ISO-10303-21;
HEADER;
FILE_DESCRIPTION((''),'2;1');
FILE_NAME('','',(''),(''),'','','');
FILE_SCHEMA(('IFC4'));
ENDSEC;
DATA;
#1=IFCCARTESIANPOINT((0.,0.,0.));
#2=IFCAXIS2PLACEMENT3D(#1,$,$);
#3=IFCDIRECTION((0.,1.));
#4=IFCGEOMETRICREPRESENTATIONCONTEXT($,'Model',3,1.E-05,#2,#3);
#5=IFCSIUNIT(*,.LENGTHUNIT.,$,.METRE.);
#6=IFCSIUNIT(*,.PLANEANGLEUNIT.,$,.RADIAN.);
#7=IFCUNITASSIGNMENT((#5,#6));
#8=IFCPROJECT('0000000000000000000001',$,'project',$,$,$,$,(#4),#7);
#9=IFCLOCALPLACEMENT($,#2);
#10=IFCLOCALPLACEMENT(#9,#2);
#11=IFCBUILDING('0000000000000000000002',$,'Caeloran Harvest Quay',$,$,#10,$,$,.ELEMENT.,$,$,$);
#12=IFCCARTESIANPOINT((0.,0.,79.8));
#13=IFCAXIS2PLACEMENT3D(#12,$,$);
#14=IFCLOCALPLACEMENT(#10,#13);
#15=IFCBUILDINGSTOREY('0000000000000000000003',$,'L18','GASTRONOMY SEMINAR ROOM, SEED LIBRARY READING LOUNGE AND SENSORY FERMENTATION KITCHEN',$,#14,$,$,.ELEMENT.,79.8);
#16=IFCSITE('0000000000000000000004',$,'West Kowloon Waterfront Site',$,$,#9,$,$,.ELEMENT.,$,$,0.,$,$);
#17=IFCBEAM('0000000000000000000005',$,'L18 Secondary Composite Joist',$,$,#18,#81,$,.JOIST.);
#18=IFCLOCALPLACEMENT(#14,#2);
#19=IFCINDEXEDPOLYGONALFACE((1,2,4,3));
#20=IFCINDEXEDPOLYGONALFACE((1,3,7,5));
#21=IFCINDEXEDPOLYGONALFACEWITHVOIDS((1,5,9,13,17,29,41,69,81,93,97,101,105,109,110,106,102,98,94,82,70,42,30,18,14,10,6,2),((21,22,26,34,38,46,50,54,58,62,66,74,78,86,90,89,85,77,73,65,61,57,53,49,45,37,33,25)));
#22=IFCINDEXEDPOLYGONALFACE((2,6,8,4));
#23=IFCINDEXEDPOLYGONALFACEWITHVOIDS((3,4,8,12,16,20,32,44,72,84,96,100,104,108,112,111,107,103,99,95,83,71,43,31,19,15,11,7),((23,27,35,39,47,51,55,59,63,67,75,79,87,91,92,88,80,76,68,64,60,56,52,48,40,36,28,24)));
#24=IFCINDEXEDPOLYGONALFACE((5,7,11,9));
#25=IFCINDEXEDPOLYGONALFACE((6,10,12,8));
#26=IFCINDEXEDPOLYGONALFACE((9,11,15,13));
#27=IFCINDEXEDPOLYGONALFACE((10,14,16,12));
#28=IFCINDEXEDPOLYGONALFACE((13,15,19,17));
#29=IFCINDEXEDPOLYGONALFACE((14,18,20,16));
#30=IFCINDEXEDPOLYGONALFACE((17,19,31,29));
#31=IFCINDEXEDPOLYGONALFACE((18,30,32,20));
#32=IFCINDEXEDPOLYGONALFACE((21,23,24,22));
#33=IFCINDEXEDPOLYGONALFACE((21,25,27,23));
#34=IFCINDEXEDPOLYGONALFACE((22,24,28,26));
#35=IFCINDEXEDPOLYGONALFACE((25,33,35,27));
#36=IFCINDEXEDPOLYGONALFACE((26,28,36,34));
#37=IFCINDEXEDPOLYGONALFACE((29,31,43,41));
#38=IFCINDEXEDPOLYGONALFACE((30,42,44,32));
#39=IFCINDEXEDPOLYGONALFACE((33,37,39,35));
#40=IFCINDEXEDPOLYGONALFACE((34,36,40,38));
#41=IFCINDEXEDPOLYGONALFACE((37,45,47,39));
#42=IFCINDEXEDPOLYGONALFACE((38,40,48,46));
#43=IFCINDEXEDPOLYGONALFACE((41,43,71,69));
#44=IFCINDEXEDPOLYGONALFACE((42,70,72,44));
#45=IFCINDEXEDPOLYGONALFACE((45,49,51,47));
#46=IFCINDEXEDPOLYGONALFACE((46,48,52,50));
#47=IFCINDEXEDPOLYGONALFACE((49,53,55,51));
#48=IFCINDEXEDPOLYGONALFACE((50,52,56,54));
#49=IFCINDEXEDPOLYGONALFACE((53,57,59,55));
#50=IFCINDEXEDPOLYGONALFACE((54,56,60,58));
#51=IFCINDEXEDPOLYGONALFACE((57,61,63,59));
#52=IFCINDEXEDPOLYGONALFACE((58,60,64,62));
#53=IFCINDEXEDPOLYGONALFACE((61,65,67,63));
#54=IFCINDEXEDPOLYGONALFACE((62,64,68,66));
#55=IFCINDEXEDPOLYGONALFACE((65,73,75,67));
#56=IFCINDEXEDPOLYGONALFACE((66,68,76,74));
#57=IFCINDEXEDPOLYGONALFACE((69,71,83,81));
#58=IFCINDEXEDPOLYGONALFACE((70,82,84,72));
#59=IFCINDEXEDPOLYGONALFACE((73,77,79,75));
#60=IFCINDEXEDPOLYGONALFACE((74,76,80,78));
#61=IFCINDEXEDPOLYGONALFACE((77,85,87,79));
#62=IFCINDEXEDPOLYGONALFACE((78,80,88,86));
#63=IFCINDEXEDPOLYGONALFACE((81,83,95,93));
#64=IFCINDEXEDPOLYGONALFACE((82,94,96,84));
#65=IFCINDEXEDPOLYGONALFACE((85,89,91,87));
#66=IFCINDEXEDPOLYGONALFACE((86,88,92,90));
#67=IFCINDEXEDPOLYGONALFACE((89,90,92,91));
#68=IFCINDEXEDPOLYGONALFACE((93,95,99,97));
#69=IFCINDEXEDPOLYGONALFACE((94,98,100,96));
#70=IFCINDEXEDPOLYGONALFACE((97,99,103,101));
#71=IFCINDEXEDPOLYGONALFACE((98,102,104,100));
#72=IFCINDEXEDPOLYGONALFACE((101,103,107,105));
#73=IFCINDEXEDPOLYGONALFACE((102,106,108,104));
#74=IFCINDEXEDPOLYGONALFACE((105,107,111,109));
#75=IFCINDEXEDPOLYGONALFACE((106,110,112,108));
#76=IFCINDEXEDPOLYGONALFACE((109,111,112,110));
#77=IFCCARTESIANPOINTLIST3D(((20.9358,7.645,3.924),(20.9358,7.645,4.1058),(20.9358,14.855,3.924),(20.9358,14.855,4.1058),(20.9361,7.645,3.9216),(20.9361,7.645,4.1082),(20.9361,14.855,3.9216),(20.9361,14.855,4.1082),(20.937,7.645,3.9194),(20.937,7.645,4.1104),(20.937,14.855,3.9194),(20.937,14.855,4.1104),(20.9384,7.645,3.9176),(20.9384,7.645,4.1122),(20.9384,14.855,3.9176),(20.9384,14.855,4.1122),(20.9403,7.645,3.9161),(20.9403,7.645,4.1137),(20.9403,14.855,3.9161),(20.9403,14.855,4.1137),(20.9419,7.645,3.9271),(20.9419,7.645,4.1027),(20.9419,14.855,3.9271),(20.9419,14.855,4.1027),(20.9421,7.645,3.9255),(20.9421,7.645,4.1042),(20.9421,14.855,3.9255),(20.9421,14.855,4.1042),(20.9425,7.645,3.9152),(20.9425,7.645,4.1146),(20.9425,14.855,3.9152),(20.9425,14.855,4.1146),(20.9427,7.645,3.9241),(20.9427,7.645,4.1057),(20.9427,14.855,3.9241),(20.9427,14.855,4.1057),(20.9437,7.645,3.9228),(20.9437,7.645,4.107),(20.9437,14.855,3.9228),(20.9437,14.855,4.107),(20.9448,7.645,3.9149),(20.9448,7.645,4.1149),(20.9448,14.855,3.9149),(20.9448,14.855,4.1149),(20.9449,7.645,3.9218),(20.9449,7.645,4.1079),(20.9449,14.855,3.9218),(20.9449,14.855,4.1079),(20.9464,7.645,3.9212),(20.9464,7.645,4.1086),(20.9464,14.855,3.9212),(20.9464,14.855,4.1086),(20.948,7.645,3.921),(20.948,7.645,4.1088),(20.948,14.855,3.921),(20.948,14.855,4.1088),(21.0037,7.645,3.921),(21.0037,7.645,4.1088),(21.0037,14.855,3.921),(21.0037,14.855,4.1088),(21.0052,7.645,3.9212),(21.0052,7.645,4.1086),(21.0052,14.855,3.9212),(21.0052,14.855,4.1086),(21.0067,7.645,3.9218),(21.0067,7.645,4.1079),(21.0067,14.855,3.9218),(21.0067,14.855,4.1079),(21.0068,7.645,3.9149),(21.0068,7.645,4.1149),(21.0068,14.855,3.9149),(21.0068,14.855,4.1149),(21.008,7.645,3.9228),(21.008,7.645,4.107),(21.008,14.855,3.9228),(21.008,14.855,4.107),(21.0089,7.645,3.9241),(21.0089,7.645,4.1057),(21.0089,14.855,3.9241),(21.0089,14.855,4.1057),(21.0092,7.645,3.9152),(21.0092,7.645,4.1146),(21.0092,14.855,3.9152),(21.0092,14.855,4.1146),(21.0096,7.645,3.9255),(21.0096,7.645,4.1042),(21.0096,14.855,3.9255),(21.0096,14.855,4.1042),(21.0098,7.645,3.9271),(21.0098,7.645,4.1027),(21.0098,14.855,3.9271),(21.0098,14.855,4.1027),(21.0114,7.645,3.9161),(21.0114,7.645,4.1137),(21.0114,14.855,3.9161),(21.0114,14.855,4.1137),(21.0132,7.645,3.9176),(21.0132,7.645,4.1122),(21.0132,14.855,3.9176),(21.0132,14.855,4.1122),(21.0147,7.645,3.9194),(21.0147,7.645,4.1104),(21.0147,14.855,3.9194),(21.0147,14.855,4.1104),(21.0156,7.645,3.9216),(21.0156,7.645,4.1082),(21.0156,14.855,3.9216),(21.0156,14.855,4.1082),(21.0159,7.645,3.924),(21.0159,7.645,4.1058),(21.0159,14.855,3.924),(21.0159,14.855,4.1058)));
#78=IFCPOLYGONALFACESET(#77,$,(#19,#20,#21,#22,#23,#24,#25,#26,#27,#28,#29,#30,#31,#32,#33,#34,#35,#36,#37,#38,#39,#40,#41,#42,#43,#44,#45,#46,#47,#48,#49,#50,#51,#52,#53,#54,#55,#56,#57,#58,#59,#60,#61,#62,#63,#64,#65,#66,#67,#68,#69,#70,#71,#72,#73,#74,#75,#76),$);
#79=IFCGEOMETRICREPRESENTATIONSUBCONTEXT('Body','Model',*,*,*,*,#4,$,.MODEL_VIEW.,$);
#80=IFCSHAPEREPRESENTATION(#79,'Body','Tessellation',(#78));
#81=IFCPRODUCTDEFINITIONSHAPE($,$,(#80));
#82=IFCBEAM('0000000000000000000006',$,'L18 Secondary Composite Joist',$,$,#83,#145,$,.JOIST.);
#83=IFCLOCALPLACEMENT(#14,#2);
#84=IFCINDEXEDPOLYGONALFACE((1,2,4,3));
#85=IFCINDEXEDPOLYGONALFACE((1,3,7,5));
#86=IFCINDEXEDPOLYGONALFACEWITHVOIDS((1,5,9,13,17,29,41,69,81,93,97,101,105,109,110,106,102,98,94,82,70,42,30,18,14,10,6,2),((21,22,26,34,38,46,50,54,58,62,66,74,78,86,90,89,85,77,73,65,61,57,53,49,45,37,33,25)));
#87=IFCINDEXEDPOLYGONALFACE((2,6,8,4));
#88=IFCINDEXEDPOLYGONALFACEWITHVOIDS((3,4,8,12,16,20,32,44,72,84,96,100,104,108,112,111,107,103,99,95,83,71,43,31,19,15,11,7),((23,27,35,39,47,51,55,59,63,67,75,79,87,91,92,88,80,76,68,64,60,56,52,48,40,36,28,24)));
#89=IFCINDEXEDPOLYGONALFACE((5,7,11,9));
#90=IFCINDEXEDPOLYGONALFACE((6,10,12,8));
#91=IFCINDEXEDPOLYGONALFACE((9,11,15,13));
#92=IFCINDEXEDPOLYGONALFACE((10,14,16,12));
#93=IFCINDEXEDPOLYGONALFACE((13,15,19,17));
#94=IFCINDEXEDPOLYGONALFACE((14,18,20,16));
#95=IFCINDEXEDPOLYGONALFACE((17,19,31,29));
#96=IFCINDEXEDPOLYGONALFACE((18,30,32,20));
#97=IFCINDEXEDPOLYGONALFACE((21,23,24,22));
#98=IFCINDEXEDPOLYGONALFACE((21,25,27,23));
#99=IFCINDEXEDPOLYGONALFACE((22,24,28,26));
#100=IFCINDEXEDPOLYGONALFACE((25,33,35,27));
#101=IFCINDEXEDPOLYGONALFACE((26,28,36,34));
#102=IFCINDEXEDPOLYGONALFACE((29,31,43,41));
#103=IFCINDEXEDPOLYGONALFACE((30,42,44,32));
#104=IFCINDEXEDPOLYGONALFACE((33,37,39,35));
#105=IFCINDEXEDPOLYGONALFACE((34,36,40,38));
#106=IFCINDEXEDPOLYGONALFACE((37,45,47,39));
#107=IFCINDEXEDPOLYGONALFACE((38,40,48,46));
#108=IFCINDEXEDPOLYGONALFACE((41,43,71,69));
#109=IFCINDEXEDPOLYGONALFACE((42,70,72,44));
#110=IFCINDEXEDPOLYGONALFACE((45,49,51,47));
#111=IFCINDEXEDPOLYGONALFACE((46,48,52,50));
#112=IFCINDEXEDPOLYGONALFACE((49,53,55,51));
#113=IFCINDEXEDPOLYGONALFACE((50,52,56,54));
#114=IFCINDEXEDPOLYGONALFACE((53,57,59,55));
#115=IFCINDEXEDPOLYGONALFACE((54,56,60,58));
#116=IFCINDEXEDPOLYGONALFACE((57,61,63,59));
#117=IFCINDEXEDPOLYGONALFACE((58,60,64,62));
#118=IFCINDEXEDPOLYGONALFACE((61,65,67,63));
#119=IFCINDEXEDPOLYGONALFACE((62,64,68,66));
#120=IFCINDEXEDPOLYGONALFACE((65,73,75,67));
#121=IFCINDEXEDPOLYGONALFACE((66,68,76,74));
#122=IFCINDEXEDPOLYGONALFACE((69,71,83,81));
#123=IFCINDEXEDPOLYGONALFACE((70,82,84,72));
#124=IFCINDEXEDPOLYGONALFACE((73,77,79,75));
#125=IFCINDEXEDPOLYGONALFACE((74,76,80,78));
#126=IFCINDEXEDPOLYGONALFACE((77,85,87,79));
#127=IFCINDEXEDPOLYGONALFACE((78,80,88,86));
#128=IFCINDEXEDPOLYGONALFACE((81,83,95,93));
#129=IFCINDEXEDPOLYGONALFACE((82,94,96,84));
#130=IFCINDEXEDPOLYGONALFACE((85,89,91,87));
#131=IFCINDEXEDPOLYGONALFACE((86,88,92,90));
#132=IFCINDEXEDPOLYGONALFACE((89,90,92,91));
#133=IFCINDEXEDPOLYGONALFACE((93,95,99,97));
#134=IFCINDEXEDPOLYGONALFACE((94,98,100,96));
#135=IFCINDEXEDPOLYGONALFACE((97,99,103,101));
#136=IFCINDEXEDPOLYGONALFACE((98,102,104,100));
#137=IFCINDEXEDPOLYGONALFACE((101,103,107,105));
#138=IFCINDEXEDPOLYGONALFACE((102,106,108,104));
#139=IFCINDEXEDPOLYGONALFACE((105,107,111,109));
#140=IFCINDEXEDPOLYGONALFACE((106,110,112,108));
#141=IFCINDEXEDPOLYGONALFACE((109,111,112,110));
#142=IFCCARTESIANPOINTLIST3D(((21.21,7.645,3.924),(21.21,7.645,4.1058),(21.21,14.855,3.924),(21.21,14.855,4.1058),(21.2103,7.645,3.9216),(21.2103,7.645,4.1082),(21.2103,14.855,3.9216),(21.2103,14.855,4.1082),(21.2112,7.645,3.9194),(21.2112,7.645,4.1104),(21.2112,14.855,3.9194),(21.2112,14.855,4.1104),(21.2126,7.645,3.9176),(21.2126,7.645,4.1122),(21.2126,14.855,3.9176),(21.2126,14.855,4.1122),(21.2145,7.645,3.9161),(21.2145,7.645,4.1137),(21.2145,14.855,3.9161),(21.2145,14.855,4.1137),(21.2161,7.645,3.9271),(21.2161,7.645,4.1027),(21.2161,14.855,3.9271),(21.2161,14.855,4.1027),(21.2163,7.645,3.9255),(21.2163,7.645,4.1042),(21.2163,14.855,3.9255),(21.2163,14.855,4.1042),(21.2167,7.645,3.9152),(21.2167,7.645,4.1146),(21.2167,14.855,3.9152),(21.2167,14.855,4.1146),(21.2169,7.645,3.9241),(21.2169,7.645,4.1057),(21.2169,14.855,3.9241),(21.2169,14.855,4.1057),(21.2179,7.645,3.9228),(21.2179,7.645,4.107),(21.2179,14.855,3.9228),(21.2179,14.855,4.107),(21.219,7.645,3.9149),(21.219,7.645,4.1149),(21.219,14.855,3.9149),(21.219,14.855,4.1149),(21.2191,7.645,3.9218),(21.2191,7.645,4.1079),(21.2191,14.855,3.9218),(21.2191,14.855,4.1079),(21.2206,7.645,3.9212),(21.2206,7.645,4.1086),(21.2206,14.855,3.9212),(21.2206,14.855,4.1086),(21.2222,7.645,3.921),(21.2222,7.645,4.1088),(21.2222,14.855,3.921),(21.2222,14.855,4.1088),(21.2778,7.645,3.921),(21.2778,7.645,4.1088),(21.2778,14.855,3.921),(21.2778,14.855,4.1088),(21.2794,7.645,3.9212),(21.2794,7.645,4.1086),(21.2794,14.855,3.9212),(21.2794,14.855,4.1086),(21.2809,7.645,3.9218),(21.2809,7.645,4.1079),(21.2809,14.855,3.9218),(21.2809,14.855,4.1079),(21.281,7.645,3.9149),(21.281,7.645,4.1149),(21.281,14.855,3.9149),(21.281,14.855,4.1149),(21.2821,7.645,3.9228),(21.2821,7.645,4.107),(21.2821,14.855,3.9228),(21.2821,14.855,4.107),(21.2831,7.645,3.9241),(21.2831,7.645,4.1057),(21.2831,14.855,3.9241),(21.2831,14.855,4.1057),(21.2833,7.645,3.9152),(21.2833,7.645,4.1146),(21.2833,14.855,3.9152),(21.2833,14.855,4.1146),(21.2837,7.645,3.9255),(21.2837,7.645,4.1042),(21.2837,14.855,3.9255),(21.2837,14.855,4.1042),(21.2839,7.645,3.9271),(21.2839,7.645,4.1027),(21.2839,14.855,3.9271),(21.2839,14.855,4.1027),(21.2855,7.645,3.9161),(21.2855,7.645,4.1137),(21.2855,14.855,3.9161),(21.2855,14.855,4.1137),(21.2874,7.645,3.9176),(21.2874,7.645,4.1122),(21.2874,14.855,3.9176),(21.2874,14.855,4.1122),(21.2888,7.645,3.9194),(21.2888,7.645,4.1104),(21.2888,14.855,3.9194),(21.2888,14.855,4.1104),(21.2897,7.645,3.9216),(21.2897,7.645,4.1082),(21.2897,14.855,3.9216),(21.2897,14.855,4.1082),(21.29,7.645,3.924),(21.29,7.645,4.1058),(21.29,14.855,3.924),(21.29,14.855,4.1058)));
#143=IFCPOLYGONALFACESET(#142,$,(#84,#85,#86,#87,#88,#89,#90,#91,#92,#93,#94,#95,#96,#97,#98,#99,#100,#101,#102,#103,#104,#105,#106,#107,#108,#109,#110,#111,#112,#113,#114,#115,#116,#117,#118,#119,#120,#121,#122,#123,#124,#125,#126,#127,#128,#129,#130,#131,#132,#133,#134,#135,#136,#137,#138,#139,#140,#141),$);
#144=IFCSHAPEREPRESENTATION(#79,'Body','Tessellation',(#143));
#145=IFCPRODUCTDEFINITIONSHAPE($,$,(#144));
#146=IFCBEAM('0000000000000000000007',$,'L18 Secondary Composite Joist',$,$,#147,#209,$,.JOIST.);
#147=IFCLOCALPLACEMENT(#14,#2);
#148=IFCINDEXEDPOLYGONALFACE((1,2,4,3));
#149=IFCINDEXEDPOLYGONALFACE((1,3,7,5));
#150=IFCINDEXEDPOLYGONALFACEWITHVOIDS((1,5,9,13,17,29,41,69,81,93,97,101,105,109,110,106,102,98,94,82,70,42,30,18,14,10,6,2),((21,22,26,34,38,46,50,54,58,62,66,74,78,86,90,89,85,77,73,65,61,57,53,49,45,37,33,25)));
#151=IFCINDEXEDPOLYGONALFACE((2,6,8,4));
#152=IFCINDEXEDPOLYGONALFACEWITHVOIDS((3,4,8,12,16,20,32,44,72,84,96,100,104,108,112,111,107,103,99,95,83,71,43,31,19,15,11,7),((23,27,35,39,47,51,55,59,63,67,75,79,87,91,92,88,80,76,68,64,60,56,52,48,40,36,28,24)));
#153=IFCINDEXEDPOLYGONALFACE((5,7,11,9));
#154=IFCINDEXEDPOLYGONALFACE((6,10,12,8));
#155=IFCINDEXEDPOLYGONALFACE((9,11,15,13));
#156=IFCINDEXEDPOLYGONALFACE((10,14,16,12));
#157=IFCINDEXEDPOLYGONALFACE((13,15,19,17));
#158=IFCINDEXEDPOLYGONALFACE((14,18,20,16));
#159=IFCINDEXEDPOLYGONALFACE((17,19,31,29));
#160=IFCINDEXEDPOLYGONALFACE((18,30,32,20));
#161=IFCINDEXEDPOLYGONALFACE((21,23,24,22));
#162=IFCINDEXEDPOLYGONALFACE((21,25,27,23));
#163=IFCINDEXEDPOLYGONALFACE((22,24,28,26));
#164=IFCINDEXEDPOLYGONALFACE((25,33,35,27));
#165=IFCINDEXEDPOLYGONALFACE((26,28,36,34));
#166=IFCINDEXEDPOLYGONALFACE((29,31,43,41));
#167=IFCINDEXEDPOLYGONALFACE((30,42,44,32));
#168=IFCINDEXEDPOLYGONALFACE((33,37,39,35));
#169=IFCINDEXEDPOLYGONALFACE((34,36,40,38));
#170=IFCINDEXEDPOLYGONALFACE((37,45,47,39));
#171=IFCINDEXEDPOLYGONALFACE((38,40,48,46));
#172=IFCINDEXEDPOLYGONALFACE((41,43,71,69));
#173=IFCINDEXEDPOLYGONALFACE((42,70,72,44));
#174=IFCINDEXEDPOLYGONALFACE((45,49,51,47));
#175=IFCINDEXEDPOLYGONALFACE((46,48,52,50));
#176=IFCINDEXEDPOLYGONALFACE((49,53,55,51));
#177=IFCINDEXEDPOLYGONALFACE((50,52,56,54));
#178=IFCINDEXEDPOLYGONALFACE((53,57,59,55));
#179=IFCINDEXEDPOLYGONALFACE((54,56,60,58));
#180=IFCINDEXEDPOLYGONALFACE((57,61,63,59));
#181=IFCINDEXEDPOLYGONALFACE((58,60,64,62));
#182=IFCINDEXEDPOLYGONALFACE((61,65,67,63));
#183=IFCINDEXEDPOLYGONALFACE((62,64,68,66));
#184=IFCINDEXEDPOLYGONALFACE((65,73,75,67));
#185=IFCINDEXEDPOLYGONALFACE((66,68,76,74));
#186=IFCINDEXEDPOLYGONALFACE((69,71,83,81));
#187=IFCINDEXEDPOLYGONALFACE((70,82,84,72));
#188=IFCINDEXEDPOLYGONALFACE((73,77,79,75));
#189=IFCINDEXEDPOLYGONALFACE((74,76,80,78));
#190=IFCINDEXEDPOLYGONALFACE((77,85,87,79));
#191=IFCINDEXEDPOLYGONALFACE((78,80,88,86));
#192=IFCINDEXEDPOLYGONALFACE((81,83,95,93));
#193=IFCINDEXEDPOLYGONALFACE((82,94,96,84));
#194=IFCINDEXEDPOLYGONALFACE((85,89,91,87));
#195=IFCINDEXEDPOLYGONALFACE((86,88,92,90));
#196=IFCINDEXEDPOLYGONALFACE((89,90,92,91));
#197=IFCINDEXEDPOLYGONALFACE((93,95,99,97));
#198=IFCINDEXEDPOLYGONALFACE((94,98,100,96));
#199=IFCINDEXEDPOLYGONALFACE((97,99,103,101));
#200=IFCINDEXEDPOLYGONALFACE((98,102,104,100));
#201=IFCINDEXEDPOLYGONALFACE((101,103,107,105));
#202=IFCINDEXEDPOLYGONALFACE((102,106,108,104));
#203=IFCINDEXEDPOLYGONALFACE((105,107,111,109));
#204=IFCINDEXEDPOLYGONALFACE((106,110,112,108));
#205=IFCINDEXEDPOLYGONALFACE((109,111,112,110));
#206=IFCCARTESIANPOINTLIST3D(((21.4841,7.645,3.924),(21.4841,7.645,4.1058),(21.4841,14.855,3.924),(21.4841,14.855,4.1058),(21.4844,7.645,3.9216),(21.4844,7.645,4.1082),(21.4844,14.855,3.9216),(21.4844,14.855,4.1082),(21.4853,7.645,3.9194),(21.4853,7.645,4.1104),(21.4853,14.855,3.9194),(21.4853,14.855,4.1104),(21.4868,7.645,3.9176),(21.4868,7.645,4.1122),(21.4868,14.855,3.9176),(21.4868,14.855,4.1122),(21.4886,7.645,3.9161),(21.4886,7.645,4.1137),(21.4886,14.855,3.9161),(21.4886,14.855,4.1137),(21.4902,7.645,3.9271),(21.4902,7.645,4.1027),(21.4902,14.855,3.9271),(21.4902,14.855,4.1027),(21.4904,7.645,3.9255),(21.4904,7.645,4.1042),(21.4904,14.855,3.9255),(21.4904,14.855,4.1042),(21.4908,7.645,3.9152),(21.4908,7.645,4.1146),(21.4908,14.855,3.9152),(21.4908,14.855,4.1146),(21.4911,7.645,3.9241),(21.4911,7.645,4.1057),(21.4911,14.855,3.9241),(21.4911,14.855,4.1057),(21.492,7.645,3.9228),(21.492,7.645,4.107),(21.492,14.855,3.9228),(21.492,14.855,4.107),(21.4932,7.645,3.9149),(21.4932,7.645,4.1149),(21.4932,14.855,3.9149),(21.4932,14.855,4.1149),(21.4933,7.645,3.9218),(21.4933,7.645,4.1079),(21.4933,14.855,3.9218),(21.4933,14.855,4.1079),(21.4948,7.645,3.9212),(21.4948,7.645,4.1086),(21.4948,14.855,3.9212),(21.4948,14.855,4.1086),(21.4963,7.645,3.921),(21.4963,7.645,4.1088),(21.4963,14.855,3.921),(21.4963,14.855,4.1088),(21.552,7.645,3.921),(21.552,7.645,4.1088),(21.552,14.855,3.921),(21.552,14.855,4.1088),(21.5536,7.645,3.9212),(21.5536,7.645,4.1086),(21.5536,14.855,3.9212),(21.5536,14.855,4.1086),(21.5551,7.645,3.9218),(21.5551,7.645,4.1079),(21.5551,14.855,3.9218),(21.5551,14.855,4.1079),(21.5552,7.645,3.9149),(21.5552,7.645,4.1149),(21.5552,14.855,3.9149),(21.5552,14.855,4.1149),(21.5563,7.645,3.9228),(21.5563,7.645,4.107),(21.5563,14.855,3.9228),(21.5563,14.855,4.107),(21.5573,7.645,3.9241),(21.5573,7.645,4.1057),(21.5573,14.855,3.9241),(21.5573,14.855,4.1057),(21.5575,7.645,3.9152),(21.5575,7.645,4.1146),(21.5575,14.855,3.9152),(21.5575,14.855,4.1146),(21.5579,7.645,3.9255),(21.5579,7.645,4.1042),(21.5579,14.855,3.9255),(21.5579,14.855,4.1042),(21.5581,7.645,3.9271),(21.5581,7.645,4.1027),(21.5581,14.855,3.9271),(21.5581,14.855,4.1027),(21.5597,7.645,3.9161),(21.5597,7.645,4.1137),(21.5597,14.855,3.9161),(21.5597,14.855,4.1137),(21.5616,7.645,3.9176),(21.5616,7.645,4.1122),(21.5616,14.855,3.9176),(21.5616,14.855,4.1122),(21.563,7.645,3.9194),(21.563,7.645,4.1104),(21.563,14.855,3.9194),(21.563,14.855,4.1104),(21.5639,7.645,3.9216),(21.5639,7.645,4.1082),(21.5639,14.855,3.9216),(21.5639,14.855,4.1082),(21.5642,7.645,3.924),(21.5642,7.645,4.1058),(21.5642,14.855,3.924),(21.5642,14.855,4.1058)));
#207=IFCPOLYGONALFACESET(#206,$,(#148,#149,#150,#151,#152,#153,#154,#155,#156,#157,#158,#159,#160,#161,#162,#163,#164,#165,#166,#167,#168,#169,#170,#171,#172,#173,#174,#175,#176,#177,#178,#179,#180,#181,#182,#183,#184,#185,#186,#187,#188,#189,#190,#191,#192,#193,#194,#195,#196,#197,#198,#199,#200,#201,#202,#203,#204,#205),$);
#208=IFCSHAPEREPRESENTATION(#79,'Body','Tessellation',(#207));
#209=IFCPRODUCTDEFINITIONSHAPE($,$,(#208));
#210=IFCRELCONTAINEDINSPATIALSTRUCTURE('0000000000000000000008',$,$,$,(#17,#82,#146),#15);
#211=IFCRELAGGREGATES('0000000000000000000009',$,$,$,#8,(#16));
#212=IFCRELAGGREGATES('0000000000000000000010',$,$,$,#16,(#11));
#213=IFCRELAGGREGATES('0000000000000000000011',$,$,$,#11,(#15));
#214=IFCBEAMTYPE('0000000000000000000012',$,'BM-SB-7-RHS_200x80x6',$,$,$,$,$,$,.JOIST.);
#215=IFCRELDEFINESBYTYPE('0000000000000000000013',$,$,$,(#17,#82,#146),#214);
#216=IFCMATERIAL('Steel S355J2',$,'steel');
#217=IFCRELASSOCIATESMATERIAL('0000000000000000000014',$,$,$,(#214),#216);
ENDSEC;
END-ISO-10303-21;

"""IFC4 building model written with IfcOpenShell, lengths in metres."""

from ifc_helpers import new_model, si_unit, direction, frame, origin, origin_2d, place, context, subcontext, project, spatial, hollow_rectangle, extrude, material, material_profile, profile_set, type_object, element, save


model = new_model("IFC4")

# Units and contexts
model_context = context("Model", 3, precision=1e-05, world=origin(), true_north=direction((0.0, 1.0)))
body_context = subcontext(model_context, "Body", "Model", "MODEL_VIEW")
ifc_project = project(units=[si_unit("LENGTHUNIT", "METRE"), si_unit("PLANEANGLEUNIT", "RADIAN")], contexts=[model_context])

# Site, building, storey
site_placement = place(None, origin())
site = spatial("IfcSite", under=ifc_project, at=site_placement, Name="West Kowloon Waterfront Site", CompositionType="ELEMENT", RefElevation=0.0)
building_placement = place(site_placement, origin())
building = spatial("IfcBuilding", under=site, at=building_placement, Name="Caeloran Harvest Quay", CompositionType="ELEMENT")
storey_placement = place(building_placement, frame((0.0, 0.0, 79.8)))
storey = spatial("IfcBuildingStorey", under=building, at=storey_placement, Name="L18", Description="GASTRONOMY SEMINAR ROOM, SEED LIBRARY READING LOUNGE AND SENSORY FERMENTATION KITCHEN", CompositionType="ELEMENT", Elevation=79.8)

# Beams
ifc_material_1 = material(Name="Steel S355J2", Category="steel")
ifc_material_profile_1 = material_profile(ifc_material_1, hollow_rectangle(XDim=0.0801, YDim=0.2, WallThickness=0.0061, InnerFilletRadius=0.0061, OuterFilletRadius=0.009, at=origin_2d()), Name="RHS 200x80x6")
ifc_profile_set_1 = profile_set([ifc_material_profile_1], Name="Steel S355J2")
beam_type_1 = type_object("IfcBeamType", Name="BM-SB-7-RHS_200x80x6", PredefinedType="JOIST", material=ifc_profile_set_1)
for number, where, z_axis, x_axis, name in (
    (1, (20.9758, 7.645, 4.0149), (0.0, 1.0, 0.0), (-1.0, 0.0, 0.0), "L18 Secondary Composite Joist"),
    (2, (21.25, 7.645, 4.0149), (0.0, 1.0, 0.0), (-1.0, 0.0, 0.0), "L18 Secondary Composite Joist"),
    (3, (21.5242, 7.645, 4.0149), (0.0, 1.0, 0.0), (-1.0, 0.0, 0.0), "L18 Secondary Composite Joist"),
):
    element("IfcBeam", number, at=place(storey_placement, frame(where, z_axis=z_axis, x_axis=x_axis)), inside=storey, type_object=beam_type_1, Name=name, PredefinedType="JOIST", context=body_context, shape_type="SweptSolid", body=[
        extrude(hollow_rectangle(XDim=0.0801, YDim=0.2, WallThickness=0.0061, InnerFilletRadius=0.0061, OuterFilletRadius=0.009, at=origin_2d()), origin(), (0.0, 0.0, 1.0), 7.21),
    ])

save(model, "model.ifc")
